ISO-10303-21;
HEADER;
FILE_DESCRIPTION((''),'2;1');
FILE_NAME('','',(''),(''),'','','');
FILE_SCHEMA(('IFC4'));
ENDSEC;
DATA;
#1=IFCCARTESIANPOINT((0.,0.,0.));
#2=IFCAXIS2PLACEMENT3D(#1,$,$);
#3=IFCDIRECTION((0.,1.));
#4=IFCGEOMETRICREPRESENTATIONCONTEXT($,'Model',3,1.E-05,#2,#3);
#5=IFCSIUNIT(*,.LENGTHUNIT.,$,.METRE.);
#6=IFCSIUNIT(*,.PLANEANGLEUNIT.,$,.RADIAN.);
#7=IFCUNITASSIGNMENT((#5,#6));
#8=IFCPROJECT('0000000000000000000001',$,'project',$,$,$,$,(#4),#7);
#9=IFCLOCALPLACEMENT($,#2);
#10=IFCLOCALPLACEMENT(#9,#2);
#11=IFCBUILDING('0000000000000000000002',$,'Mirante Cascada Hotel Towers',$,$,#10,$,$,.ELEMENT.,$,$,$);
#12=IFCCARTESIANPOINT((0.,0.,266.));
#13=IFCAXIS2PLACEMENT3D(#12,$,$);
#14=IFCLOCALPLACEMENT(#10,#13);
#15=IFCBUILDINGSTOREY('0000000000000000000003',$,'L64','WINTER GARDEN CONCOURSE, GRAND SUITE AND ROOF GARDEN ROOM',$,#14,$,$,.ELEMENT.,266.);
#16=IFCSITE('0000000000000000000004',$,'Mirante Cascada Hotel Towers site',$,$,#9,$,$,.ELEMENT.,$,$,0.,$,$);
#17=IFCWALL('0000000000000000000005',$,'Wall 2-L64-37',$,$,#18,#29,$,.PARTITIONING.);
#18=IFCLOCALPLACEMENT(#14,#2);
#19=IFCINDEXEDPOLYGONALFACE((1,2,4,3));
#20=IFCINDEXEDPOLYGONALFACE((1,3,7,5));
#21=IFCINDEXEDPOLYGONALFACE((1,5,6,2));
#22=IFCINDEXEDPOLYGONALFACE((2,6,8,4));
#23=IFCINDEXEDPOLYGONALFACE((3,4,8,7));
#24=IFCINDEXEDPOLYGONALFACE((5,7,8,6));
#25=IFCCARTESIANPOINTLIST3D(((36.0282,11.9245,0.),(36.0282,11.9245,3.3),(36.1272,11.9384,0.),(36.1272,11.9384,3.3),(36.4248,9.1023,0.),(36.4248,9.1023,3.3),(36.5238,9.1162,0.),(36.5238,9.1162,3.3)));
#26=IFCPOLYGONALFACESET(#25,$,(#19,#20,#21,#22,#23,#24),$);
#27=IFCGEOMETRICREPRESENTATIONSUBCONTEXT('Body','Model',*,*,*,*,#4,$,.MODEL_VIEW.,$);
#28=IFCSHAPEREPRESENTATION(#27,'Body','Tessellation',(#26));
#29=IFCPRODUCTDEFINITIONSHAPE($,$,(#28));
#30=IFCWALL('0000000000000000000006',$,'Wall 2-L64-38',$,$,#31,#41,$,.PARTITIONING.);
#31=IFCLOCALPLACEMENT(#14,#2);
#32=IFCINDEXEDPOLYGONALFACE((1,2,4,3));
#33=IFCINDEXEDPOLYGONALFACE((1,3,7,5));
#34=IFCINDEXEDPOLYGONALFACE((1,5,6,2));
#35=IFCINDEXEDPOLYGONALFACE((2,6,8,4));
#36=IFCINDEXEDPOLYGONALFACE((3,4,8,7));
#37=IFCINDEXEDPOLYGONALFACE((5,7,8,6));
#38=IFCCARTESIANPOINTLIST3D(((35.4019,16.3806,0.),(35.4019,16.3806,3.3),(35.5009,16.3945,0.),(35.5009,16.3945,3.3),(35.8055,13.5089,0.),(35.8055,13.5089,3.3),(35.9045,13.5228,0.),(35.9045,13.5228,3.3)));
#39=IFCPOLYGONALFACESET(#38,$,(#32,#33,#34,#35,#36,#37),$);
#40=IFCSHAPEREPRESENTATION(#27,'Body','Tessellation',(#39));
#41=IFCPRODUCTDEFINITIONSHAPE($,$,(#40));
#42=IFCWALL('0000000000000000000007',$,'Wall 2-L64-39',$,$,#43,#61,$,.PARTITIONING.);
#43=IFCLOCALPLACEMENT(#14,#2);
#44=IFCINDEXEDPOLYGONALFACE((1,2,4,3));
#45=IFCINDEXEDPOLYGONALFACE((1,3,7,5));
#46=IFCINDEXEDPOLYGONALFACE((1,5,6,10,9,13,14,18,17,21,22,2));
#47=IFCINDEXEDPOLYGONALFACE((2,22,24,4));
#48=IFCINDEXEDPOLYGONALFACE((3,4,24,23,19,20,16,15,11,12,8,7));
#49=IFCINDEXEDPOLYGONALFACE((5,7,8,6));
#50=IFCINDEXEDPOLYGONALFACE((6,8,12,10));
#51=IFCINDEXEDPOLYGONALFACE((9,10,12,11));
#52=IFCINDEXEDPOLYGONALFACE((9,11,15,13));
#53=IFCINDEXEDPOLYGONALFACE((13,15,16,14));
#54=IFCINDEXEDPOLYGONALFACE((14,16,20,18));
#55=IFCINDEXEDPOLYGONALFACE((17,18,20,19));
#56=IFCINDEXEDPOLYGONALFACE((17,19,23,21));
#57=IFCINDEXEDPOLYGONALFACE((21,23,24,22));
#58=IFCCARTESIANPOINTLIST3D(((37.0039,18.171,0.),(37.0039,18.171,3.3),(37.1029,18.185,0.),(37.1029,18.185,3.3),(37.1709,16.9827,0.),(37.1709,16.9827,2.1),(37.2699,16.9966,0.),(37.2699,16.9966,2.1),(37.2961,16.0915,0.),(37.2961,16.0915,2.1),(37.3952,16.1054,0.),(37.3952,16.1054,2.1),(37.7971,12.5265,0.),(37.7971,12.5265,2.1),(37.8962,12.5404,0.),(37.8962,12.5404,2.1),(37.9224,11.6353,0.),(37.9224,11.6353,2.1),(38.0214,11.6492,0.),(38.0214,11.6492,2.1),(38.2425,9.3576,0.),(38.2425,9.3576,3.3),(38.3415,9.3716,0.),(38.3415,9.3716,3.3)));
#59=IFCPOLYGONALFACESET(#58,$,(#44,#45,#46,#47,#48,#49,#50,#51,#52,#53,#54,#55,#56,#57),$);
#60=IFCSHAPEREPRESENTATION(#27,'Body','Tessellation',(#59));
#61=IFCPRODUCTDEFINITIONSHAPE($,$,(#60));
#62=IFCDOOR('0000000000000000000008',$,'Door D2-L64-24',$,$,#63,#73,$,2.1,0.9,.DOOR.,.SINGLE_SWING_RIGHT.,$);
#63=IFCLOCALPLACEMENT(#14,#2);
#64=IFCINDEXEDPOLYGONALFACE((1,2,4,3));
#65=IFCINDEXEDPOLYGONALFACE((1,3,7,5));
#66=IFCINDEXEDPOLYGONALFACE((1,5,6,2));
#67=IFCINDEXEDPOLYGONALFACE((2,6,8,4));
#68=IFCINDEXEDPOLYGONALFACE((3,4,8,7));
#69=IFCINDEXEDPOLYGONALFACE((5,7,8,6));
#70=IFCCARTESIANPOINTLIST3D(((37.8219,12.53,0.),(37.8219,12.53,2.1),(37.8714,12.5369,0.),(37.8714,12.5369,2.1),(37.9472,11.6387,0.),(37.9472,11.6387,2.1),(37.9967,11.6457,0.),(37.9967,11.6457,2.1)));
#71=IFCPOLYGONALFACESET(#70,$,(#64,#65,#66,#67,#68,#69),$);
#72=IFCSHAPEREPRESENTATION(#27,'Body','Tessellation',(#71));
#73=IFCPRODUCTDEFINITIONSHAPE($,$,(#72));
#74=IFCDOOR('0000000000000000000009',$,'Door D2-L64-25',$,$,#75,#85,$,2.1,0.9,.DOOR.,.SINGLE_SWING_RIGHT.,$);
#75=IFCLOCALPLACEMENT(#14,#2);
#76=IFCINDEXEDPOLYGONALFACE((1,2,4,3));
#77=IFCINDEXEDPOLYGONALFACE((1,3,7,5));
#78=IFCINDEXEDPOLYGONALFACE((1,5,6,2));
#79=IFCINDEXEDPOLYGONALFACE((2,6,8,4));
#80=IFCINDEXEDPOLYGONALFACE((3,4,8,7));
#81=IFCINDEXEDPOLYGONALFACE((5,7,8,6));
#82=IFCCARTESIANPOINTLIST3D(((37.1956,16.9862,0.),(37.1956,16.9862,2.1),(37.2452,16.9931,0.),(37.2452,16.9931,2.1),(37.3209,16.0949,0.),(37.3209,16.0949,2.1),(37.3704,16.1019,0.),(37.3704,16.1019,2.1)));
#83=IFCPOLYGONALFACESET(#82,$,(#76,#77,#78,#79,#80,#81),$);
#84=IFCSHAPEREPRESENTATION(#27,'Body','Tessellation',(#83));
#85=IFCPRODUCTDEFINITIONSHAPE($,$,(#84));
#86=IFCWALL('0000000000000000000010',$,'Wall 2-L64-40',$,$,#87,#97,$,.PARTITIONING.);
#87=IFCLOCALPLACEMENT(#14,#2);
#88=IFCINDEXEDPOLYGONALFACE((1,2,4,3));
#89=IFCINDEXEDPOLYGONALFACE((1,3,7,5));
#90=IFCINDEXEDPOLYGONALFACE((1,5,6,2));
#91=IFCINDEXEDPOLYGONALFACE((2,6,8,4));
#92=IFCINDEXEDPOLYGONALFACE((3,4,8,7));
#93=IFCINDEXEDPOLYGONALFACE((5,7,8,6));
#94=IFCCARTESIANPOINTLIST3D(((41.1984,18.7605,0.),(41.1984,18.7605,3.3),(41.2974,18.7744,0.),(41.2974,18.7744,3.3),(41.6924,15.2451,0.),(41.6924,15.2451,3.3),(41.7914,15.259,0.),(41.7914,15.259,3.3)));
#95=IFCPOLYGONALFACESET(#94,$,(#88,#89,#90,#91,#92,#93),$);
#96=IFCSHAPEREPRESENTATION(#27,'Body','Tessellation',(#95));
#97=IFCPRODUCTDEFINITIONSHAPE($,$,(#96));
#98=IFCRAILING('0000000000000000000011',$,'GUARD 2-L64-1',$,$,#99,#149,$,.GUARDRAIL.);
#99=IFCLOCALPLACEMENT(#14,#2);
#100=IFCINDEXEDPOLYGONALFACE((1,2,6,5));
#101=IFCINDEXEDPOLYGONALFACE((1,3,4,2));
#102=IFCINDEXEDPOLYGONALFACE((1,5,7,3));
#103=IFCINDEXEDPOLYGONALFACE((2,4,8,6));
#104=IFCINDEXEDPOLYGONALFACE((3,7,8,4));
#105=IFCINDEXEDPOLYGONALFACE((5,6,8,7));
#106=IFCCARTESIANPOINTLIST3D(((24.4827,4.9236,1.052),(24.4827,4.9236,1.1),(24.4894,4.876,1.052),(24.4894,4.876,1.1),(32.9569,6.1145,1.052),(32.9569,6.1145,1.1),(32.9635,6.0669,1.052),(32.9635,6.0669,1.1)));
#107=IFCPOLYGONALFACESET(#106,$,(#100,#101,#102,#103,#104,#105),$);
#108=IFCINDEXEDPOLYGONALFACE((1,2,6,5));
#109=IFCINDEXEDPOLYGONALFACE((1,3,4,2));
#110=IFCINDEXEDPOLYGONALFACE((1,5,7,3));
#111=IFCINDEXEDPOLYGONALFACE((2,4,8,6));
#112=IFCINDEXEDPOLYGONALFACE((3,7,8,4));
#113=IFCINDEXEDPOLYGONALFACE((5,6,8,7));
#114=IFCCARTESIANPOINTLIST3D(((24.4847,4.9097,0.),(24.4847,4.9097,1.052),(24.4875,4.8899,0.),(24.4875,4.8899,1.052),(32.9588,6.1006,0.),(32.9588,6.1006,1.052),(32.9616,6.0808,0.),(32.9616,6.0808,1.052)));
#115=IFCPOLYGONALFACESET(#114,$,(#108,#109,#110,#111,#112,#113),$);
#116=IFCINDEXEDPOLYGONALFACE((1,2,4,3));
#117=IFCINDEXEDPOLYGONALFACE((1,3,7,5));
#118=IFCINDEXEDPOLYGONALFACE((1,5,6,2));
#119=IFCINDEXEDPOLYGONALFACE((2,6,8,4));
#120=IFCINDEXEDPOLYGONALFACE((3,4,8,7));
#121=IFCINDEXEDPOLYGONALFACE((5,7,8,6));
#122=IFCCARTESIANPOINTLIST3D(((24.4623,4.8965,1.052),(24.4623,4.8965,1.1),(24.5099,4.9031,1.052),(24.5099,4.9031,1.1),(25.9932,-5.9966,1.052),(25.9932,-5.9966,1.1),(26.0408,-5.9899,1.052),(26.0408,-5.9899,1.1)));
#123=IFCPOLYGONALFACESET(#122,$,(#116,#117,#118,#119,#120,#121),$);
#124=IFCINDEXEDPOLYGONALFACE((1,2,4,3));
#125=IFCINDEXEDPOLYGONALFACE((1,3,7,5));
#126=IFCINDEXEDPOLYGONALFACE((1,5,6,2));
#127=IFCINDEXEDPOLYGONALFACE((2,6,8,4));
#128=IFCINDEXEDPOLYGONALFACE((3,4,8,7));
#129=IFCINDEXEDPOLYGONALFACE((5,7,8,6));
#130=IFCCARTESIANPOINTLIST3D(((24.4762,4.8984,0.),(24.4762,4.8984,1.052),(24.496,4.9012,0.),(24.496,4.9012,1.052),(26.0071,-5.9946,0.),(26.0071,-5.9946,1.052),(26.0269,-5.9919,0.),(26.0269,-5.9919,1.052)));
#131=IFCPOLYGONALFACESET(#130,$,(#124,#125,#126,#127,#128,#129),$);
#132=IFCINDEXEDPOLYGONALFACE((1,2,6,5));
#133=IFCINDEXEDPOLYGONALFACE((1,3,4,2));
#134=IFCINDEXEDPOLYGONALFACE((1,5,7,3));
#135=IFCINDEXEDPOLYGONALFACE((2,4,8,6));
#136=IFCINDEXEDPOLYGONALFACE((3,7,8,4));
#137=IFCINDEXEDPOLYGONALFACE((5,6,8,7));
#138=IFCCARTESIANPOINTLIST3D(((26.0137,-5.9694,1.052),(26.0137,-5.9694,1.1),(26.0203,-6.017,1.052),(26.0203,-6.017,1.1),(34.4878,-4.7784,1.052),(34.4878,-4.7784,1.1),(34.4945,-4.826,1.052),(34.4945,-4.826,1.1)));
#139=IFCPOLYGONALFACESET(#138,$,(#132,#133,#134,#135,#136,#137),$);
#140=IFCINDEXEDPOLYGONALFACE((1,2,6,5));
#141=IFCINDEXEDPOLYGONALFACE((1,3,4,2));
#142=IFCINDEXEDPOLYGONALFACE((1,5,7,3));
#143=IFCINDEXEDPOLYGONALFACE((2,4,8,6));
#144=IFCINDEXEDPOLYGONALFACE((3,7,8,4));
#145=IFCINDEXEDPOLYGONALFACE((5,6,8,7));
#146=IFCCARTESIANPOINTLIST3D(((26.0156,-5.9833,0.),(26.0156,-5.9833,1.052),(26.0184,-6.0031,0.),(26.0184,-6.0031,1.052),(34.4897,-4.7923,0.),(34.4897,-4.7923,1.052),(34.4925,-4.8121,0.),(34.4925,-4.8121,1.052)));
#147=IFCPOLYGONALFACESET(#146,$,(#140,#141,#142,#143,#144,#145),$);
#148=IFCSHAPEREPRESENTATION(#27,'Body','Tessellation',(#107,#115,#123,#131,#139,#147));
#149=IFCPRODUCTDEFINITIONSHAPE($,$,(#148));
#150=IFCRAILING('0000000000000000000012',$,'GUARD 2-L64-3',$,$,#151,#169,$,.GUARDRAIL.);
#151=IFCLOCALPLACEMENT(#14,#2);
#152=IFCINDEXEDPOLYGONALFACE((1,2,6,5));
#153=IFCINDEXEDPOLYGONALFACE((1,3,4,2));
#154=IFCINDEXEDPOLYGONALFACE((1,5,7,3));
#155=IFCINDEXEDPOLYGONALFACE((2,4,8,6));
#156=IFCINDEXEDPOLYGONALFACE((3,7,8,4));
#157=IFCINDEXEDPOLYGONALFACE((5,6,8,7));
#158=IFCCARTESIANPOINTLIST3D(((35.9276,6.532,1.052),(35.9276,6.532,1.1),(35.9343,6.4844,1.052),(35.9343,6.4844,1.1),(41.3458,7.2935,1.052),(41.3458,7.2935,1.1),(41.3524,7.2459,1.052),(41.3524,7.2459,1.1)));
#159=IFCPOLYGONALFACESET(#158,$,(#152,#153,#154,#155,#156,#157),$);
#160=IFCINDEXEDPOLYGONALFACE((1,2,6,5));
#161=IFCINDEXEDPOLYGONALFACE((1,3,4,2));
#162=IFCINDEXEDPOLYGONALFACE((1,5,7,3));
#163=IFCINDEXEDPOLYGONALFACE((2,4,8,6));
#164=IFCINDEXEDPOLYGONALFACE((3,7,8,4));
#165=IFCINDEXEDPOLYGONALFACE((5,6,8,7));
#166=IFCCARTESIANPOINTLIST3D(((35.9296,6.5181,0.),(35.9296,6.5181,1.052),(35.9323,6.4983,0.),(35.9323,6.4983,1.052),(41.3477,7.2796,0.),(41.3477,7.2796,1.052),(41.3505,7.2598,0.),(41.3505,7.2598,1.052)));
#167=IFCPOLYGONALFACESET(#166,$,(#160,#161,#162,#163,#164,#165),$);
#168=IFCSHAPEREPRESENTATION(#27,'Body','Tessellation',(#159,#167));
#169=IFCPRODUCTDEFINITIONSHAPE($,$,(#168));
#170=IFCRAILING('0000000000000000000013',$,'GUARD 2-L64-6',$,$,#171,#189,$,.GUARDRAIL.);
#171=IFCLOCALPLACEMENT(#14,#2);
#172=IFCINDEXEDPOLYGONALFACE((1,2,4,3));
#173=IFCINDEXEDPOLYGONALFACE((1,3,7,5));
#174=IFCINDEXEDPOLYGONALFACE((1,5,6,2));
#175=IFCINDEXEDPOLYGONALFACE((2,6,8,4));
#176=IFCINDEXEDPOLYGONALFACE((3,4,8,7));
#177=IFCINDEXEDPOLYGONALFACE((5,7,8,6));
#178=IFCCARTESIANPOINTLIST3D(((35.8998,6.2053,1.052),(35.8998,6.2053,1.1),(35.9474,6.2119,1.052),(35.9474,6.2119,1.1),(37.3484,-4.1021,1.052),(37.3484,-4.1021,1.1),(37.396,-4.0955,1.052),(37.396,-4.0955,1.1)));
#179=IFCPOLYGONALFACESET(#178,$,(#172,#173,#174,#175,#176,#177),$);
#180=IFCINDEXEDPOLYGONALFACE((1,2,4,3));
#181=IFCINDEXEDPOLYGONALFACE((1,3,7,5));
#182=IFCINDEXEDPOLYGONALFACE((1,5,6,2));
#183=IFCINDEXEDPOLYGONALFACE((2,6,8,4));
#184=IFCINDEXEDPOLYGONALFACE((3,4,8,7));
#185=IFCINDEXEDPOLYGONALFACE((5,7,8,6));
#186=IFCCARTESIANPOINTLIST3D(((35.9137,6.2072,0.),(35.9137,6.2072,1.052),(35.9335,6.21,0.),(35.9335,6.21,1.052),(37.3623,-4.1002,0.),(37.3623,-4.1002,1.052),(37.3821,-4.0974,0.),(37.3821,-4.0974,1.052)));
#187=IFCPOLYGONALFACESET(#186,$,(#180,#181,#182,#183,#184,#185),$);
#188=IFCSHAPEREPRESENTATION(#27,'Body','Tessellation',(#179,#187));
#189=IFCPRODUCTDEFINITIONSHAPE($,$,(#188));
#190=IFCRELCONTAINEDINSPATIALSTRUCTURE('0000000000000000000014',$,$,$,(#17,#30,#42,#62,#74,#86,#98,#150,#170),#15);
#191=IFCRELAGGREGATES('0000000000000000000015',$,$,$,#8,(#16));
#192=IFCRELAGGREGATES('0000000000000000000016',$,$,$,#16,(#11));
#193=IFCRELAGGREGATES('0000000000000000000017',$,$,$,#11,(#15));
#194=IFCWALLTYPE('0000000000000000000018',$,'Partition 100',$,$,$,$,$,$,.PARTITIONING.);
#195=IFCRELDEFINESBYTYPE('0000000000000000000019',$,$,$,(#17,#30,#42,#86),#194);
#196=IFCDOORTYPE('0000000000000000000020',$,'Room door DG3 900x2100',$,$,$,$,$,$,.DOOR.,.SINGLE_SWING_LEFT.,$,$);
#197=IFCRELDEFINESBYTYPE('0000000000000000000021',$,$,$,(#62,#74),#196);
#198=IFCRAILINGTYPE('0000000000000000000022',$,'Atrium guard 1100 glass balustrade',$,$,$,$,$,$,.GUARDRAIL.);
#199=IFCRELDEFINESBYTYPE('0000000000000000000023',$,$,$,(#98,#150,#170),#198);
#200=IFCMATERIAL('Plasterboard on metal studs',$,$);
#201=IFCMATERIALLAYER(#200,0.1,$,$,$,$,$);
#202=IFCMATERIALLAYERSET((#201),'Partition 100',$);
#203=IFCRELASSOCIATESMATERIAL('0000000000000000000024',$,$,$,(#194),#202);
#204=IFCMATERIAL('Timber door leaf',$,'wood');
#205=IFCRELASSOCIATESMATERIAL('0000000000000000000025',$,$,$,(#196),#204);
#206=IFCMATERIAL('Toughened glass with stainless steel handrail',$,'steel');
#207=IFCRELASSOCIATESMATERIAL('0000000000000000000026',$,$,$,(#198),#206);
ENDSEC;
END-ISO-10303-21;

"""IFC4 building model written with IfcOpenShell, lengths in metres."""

from ifc_helpers import new_model, si_unit, direction, frame, frame_2d, origin, origin_2d, place, context, subcontext, project, spatial, rectangle, extrude, material, layer, layer_set, type_object, element, fill, save


model = new_model("IFC4")

# Units and contexts
model_context = context("Model", 3, precision=1e-05, world=origin(), true_north=direction((0.0, 1.0)))
body_context = subcontext(model_context, "Body", "Model", "MODEL_VIEW")
ifc_project = project(units=[si_unit("LENGTHUNIT", "METRE"), si_unit("PLANEANGLEUNIT", "RADIAN")], contexts=[model_context])

# Site, building, storey
site_placement = place(None, origin())
site = spatial("IfcSite", under=ifc_project, at=site_placement, Name="Mirante Cascada Hotel Towers site", CompositionType="ELEMENT", RefElevation=0.0)
building_placement = place(site_placement, origin())
building = spatial("IfcBuilding", under=site, at=building_placement, Name="Mirante Cascada Hotel Towers", CompositionType="ELEMENT")
storey_placement = place(building_placement, frame((0.0, 0.0, 266.0)))
storey = spatial("IfcBuildingStorey", under=building, at=storey_placement, Name="L64", Description="WINTER GARDEN CONCOURSE, GRAND SUITE AND ROOF GARDEN ROOM", CompositionType="ELEMENT", Elevation=266.0)

# Shared definitions
ifc_material_1 = material(Name="Plasterboard on metal studs")
ifc_layer_1 = layer(ifc_material_1, 0.1)
ifc_layer_set_1 = layer_set([ifc_layer_1], Name="Partition 100")
wall_type_1 = type_object("IfcWallType", Name="Partition 100", PredefinedType="PARTITIONING", material=ifc_layer_set_1)

# Walls
wall_1_placement = place(storey_placement, frame((36.4743, 9.1092, 0.0), z_axis=(0.0, 0.0, 1.0), x_axis=(-0.139161, 0.99027, 0.0)))
element("IfcWall", 1, at=wall_1_placement, inside=storey, type_object=wall_type_1, Name="Wall 2-L64-37", PredefinedType="PARTITIONING", context=body_context, shape_type="SweptSolid", body=[
    extrude(rectangle(XDim=2.8499, YDim=0.1, at=frame_2d((1.425, 0.0))), origin(), (0.0, 0.0, 1.0), 3.3),
])
wall_2_placement = place(storey_placement, frame((35.4514, 16.3876, 0.0), z_axis=(0.0, 0.0, 1.0), x_axis=(0.139176, -0.990268, 0.0)))
element("IfcWall", 2, at=wall_2_placement, inside=storey, type_object=wall_type_1, Name="Wall 2-L64-38", PredefinedType="PARTITIONING", context=body_context, shape_type="SweptSolid", body=[
    extrude(rectangle(XDim=2.8999, YDim=0.1, at=frame_2d((1.45, 0.0))), origin(), (0.0, 0.0, 1.0), 3.3),
])

# Wall, openings, doors
wall_3_placement = place(storey_placement, frame((38.292, 9.3646, 0.0), z_axis=(0.0, 0.0, 1.0), x_axis=(-0.139168, 0.990269, 0.0)))
wall_3 = element("IfcWall", 3, at=wall_3_placement, inside=storey, type_object=wall_type_1, Name="Wall 2-L64-39", PredefinedType="PARTITIONING", context=body_context, shape_type="SweptSolid", body=[
    extrude(rectangle(XDim=8.9, YDim=0.1, at=frame_2d((4.45, 0.0))), origin(), (0.0, 0.0, 1.0), 3.3),
])
opening_1_placement = place(wall_3_placement, frame((2.3, 0.0, 0.0)))
opening_1 = element("IfcOpeningElement", 4, at=opening_1_placement, cuts=wall_3, PredefinedType="OPENING", context=body_context, shape_type="SweptSolid", body=[
    extrude(rectangle(XDim=0.9, YDim=2.1, at=frame_2d((0.45, 1.05))), frame((0.0, 0.05, 0.0), z_axis=(0.0, -1.0, 0.0), x_axis=(1.0, 0.0, 0.0)), (0.0, 0.0, 1.0), 0.1),
])
opening_2_placement = place(wall_3_placement, frame((6.8, 0.0, 0.0)))
opening_2 = element("IfcOpeningElement", 5, at=opening_2_placement, cuts=wall_3, PredefinedType="OPENING", context=body_context, shape_type="SweptSolid", body=[
    extrude(rectangle(XDim=0.9, YDim=2.1, at=frame_2d((0.45, 1.05))), frame((0.0, 0.05, 0.0), z_axis=(0.0, -1.0, 0.0), x_axis=(1.0, 0.0, 0.0)), (0.0, 0.0, 1.0), 0.1),
])
ifc_material_2 = material(Name="Timber door leaf", Category="wood")
door_type_1 = type_object("IfcDoorType", Name="Room door DG3 900x2100", OperationType="SINGLE_SWING_LEFT", PredefinedType="DOOR", material=ifc_material_2)
door_1_placement = place(opening_1_placement, frame((0.9, 0.0, 0.0), z_axis=(0.0, 0.0, 1.0), x_axis=(-1.0, 0.0, 0.0)))
door_1 = element("IfcDoor", 6, at=door_1_placement, inside=storey, type_object=door_type_1, Name="Door D2-L64-24", OperationType="SINGLE_SWING_RIGHT", OverallHeight=2.1, OverallWidth=0.9, PredefinedType="DOOR", context=body_context, shape_type="SweptSolid", body=[
    extrude(rectangle(XDim=0.9, YDim=2.1, at=frame_2d((0.45, 1.05))), frame((0.0, 0.025, 0.0), z_axis=(0.0, -1.0, 0.0), x_axis=(1.0, 0.0, 0.0)), (0.0, 0.0, 1.0), 0.05),
])
fill(opening_1, door_1)
door_2_placement = place(opening_2_placement, frame((0.9, 0.0, 0.0), z_axis=(0.0, 0.0, 1.0), x_axis=(-1.0, 0.0, 0.0)))
door_2 = element("IfcDoor", 7, at=door_2_placement, inside=storey, type_object=door_type_1, Name="Door D2-L64-25", OperationType="SINGLE_SWING_RIGHT", OverallHeight=2.1, OverallWidth=0.9, PredefinedType="DOOR", context=body_context, shape_type="SweptSolid", body=[
    extrude(rectangle(XDim=0.9, YDim=2.1, at=frame_2d((0.45, 1.05))), frame((0.0, 0.025, 0.0), z_axis=(0.0, -1.0, 0.0), x_axis=(1.0, 0.0, 0.0)), (0.0, 0.0, 1.0), 0.05),
])
fill(opening_2, door_2)

# Wall
wall_4_placement = place(storey_placement, frame((41.2479, 18.7675, 0.0), z_axis=(0.0, 0.0, 1.0), x_axis=(0.139157, -0.99027, 0.0)))
element("IfcWall", 8, at=wall_4_placement, inside=storey, type_object=wall_type_1, Name="Wall 2-L64-40", PredefinedType="PARTITIONING", context=body_context, shape_type="SweptSolid", body=[
    extrude(rectangle(XDim=3.5499, YDim=0.1, at=frame_2d((1.775, 0.0))), origin(), (0.0, 0.0, 1.0), 3.3),
])

# Railings
ifc_material_3 = material(Name="Toughened glass with stainless steel handrail", Category="steel")
railing_type = type_object("IfcRailingType", Name="Atrium guard 1100 glass balustrade", PredefinedType="GUARDRAIL", material=ifc_material_3)
railing_1_placement = place(storey_placement, frame((32.9602, 6.0907, 0.0)))
element("IfcRailing", 9, at=railing_1_placement, inside=storey, type_object=railing_type, Name="GUARD 2-L64-1", PredefinedType="GUARDRAIL", context=body_context, shape_type="SweptSolid", body=[
    extrude(rectangle(XDim=0.048, YDim=0.048, at=origin_2d()), frame((0.0, 0.0, 1.076), z_axis=(-0.990269, -0.139167, 0.0), x_axis=(0.139167, -0.990269, 0.0)), (0.0, 0.0, 1.0), 8.5574),
    extrude(rectangle(XDim=0.02, YDim=1.052, at=origin_2d()), frame((0.0, 0.0, 0.526), z_axis=(-0.990269, -0.139167, 0.0), x_axis=(0.139167, -0.990269, 0.0)), (0.0, 0.0, 1.0), 8.5574),
    extrude(rectangle(XDim=0.048, YDim=0.048, at=origin_2d()), frame((-8.4741, -1.1909, 1.076), z_axis=(0.139172, -0.990268, 0.0), x_axis=(0.990268, 0.139172, 0.0)), (0.0, 0.0, 1.0), 11.0001),
    extrude(rectangle(XDim=0.02, YDim=1.052, at=origin_2d()), frame((-8.4741, -1.1909, 0.526), z_axis=(0.139172, -0.990268, 0.0), x_axis=(0.990268, 0.139172, 0.0)), (0.0, 0.0, 1.0), 11.0001),
    extrude(rectangle(XDim=0.048, YDim=0.048, at=origin_2d()), frame((-6.9432, -12.0839, 1.076), z_axis=(0.990267, 0.139178, 0.0), x_axis=(-0.139178, 0.990267, 0.0)), (0.0, 0.0, 1.0), 8.5574),
    extrude(rectangle(XDim=0.02, YDim=1.052, at=origin_2d()), frame((-6.9432, -12.0839, 0.526), z_axis=(0.990267, 0.139178, 0.0), x_axis=(-0.139178, 0.990267, 0.0)), (0.0, 0.0, 1.0), 8.5574),
])
railing_2_placement = place(storey_placement, frame((41.3491, 7.2697, 0.0)))
element("IfcRailing", 10, at=railing_2_placement, inside=storey, type_object=railing_type, Name="GUARD 2-L64-3", PredefinedType="GUARDRAIL", context=body_context, shape_type="SweptSolid", body=[
    extrude(rectangle(XDim=0.048, YDim=0.048, at=origin_2d()), frame((0.0, 0.0, 1.076), z_axis=(-0.990267, -0.13918, 0.0), x_axis=(0.13918, -0.990267, 0.0)), (0.0, 0.0, 1.0), 5.4714),
    extrude(rectangle(XDim=0.02, YDim=1.052, at=origin_2d()), frame((0.0, 0.0, 0.526), z_axis=(-0.990267, -0.13918, 0.0), x_axis=(0.13918, -0.990267, 0.0)), (0.0, 0.0, 1.0), 5.4714),
])
railing_3_placement = place(storey_placement, frame((35.9236, 6.2086, 0.0)))
element("IfcRailing", 11, at=railing_3_placement, inside=storey, type_object=railing_type, Name="GUARD 2-L64-6", PredefinedType="GUARDRAIL", context=body_context, shape_type="SweptSolid", body=[
    extrude(rectangle(XDim=0.048, YDim=0.048, at=origin_2d()), frame((0.0, 0.0, 1.076), z_axis=(0.139172, -0.990268, 0.0), x_axis=(0.990268, 0.139172, 0.0)), (0.0, 0.0, 1.0), 10.4087),
    extrude(rectangle(XDim=0.02, YDim=1.052, at=origin_2d()), frame((0.0, 0.0, 0.526), z_axis=(0.139172, -0.990268, 0.0), x_axis=(0.990268, 0.139172, 0.0)), (0.0, 0.0, 1.0), 10.4087),
])

save(model, "model.ifc")
